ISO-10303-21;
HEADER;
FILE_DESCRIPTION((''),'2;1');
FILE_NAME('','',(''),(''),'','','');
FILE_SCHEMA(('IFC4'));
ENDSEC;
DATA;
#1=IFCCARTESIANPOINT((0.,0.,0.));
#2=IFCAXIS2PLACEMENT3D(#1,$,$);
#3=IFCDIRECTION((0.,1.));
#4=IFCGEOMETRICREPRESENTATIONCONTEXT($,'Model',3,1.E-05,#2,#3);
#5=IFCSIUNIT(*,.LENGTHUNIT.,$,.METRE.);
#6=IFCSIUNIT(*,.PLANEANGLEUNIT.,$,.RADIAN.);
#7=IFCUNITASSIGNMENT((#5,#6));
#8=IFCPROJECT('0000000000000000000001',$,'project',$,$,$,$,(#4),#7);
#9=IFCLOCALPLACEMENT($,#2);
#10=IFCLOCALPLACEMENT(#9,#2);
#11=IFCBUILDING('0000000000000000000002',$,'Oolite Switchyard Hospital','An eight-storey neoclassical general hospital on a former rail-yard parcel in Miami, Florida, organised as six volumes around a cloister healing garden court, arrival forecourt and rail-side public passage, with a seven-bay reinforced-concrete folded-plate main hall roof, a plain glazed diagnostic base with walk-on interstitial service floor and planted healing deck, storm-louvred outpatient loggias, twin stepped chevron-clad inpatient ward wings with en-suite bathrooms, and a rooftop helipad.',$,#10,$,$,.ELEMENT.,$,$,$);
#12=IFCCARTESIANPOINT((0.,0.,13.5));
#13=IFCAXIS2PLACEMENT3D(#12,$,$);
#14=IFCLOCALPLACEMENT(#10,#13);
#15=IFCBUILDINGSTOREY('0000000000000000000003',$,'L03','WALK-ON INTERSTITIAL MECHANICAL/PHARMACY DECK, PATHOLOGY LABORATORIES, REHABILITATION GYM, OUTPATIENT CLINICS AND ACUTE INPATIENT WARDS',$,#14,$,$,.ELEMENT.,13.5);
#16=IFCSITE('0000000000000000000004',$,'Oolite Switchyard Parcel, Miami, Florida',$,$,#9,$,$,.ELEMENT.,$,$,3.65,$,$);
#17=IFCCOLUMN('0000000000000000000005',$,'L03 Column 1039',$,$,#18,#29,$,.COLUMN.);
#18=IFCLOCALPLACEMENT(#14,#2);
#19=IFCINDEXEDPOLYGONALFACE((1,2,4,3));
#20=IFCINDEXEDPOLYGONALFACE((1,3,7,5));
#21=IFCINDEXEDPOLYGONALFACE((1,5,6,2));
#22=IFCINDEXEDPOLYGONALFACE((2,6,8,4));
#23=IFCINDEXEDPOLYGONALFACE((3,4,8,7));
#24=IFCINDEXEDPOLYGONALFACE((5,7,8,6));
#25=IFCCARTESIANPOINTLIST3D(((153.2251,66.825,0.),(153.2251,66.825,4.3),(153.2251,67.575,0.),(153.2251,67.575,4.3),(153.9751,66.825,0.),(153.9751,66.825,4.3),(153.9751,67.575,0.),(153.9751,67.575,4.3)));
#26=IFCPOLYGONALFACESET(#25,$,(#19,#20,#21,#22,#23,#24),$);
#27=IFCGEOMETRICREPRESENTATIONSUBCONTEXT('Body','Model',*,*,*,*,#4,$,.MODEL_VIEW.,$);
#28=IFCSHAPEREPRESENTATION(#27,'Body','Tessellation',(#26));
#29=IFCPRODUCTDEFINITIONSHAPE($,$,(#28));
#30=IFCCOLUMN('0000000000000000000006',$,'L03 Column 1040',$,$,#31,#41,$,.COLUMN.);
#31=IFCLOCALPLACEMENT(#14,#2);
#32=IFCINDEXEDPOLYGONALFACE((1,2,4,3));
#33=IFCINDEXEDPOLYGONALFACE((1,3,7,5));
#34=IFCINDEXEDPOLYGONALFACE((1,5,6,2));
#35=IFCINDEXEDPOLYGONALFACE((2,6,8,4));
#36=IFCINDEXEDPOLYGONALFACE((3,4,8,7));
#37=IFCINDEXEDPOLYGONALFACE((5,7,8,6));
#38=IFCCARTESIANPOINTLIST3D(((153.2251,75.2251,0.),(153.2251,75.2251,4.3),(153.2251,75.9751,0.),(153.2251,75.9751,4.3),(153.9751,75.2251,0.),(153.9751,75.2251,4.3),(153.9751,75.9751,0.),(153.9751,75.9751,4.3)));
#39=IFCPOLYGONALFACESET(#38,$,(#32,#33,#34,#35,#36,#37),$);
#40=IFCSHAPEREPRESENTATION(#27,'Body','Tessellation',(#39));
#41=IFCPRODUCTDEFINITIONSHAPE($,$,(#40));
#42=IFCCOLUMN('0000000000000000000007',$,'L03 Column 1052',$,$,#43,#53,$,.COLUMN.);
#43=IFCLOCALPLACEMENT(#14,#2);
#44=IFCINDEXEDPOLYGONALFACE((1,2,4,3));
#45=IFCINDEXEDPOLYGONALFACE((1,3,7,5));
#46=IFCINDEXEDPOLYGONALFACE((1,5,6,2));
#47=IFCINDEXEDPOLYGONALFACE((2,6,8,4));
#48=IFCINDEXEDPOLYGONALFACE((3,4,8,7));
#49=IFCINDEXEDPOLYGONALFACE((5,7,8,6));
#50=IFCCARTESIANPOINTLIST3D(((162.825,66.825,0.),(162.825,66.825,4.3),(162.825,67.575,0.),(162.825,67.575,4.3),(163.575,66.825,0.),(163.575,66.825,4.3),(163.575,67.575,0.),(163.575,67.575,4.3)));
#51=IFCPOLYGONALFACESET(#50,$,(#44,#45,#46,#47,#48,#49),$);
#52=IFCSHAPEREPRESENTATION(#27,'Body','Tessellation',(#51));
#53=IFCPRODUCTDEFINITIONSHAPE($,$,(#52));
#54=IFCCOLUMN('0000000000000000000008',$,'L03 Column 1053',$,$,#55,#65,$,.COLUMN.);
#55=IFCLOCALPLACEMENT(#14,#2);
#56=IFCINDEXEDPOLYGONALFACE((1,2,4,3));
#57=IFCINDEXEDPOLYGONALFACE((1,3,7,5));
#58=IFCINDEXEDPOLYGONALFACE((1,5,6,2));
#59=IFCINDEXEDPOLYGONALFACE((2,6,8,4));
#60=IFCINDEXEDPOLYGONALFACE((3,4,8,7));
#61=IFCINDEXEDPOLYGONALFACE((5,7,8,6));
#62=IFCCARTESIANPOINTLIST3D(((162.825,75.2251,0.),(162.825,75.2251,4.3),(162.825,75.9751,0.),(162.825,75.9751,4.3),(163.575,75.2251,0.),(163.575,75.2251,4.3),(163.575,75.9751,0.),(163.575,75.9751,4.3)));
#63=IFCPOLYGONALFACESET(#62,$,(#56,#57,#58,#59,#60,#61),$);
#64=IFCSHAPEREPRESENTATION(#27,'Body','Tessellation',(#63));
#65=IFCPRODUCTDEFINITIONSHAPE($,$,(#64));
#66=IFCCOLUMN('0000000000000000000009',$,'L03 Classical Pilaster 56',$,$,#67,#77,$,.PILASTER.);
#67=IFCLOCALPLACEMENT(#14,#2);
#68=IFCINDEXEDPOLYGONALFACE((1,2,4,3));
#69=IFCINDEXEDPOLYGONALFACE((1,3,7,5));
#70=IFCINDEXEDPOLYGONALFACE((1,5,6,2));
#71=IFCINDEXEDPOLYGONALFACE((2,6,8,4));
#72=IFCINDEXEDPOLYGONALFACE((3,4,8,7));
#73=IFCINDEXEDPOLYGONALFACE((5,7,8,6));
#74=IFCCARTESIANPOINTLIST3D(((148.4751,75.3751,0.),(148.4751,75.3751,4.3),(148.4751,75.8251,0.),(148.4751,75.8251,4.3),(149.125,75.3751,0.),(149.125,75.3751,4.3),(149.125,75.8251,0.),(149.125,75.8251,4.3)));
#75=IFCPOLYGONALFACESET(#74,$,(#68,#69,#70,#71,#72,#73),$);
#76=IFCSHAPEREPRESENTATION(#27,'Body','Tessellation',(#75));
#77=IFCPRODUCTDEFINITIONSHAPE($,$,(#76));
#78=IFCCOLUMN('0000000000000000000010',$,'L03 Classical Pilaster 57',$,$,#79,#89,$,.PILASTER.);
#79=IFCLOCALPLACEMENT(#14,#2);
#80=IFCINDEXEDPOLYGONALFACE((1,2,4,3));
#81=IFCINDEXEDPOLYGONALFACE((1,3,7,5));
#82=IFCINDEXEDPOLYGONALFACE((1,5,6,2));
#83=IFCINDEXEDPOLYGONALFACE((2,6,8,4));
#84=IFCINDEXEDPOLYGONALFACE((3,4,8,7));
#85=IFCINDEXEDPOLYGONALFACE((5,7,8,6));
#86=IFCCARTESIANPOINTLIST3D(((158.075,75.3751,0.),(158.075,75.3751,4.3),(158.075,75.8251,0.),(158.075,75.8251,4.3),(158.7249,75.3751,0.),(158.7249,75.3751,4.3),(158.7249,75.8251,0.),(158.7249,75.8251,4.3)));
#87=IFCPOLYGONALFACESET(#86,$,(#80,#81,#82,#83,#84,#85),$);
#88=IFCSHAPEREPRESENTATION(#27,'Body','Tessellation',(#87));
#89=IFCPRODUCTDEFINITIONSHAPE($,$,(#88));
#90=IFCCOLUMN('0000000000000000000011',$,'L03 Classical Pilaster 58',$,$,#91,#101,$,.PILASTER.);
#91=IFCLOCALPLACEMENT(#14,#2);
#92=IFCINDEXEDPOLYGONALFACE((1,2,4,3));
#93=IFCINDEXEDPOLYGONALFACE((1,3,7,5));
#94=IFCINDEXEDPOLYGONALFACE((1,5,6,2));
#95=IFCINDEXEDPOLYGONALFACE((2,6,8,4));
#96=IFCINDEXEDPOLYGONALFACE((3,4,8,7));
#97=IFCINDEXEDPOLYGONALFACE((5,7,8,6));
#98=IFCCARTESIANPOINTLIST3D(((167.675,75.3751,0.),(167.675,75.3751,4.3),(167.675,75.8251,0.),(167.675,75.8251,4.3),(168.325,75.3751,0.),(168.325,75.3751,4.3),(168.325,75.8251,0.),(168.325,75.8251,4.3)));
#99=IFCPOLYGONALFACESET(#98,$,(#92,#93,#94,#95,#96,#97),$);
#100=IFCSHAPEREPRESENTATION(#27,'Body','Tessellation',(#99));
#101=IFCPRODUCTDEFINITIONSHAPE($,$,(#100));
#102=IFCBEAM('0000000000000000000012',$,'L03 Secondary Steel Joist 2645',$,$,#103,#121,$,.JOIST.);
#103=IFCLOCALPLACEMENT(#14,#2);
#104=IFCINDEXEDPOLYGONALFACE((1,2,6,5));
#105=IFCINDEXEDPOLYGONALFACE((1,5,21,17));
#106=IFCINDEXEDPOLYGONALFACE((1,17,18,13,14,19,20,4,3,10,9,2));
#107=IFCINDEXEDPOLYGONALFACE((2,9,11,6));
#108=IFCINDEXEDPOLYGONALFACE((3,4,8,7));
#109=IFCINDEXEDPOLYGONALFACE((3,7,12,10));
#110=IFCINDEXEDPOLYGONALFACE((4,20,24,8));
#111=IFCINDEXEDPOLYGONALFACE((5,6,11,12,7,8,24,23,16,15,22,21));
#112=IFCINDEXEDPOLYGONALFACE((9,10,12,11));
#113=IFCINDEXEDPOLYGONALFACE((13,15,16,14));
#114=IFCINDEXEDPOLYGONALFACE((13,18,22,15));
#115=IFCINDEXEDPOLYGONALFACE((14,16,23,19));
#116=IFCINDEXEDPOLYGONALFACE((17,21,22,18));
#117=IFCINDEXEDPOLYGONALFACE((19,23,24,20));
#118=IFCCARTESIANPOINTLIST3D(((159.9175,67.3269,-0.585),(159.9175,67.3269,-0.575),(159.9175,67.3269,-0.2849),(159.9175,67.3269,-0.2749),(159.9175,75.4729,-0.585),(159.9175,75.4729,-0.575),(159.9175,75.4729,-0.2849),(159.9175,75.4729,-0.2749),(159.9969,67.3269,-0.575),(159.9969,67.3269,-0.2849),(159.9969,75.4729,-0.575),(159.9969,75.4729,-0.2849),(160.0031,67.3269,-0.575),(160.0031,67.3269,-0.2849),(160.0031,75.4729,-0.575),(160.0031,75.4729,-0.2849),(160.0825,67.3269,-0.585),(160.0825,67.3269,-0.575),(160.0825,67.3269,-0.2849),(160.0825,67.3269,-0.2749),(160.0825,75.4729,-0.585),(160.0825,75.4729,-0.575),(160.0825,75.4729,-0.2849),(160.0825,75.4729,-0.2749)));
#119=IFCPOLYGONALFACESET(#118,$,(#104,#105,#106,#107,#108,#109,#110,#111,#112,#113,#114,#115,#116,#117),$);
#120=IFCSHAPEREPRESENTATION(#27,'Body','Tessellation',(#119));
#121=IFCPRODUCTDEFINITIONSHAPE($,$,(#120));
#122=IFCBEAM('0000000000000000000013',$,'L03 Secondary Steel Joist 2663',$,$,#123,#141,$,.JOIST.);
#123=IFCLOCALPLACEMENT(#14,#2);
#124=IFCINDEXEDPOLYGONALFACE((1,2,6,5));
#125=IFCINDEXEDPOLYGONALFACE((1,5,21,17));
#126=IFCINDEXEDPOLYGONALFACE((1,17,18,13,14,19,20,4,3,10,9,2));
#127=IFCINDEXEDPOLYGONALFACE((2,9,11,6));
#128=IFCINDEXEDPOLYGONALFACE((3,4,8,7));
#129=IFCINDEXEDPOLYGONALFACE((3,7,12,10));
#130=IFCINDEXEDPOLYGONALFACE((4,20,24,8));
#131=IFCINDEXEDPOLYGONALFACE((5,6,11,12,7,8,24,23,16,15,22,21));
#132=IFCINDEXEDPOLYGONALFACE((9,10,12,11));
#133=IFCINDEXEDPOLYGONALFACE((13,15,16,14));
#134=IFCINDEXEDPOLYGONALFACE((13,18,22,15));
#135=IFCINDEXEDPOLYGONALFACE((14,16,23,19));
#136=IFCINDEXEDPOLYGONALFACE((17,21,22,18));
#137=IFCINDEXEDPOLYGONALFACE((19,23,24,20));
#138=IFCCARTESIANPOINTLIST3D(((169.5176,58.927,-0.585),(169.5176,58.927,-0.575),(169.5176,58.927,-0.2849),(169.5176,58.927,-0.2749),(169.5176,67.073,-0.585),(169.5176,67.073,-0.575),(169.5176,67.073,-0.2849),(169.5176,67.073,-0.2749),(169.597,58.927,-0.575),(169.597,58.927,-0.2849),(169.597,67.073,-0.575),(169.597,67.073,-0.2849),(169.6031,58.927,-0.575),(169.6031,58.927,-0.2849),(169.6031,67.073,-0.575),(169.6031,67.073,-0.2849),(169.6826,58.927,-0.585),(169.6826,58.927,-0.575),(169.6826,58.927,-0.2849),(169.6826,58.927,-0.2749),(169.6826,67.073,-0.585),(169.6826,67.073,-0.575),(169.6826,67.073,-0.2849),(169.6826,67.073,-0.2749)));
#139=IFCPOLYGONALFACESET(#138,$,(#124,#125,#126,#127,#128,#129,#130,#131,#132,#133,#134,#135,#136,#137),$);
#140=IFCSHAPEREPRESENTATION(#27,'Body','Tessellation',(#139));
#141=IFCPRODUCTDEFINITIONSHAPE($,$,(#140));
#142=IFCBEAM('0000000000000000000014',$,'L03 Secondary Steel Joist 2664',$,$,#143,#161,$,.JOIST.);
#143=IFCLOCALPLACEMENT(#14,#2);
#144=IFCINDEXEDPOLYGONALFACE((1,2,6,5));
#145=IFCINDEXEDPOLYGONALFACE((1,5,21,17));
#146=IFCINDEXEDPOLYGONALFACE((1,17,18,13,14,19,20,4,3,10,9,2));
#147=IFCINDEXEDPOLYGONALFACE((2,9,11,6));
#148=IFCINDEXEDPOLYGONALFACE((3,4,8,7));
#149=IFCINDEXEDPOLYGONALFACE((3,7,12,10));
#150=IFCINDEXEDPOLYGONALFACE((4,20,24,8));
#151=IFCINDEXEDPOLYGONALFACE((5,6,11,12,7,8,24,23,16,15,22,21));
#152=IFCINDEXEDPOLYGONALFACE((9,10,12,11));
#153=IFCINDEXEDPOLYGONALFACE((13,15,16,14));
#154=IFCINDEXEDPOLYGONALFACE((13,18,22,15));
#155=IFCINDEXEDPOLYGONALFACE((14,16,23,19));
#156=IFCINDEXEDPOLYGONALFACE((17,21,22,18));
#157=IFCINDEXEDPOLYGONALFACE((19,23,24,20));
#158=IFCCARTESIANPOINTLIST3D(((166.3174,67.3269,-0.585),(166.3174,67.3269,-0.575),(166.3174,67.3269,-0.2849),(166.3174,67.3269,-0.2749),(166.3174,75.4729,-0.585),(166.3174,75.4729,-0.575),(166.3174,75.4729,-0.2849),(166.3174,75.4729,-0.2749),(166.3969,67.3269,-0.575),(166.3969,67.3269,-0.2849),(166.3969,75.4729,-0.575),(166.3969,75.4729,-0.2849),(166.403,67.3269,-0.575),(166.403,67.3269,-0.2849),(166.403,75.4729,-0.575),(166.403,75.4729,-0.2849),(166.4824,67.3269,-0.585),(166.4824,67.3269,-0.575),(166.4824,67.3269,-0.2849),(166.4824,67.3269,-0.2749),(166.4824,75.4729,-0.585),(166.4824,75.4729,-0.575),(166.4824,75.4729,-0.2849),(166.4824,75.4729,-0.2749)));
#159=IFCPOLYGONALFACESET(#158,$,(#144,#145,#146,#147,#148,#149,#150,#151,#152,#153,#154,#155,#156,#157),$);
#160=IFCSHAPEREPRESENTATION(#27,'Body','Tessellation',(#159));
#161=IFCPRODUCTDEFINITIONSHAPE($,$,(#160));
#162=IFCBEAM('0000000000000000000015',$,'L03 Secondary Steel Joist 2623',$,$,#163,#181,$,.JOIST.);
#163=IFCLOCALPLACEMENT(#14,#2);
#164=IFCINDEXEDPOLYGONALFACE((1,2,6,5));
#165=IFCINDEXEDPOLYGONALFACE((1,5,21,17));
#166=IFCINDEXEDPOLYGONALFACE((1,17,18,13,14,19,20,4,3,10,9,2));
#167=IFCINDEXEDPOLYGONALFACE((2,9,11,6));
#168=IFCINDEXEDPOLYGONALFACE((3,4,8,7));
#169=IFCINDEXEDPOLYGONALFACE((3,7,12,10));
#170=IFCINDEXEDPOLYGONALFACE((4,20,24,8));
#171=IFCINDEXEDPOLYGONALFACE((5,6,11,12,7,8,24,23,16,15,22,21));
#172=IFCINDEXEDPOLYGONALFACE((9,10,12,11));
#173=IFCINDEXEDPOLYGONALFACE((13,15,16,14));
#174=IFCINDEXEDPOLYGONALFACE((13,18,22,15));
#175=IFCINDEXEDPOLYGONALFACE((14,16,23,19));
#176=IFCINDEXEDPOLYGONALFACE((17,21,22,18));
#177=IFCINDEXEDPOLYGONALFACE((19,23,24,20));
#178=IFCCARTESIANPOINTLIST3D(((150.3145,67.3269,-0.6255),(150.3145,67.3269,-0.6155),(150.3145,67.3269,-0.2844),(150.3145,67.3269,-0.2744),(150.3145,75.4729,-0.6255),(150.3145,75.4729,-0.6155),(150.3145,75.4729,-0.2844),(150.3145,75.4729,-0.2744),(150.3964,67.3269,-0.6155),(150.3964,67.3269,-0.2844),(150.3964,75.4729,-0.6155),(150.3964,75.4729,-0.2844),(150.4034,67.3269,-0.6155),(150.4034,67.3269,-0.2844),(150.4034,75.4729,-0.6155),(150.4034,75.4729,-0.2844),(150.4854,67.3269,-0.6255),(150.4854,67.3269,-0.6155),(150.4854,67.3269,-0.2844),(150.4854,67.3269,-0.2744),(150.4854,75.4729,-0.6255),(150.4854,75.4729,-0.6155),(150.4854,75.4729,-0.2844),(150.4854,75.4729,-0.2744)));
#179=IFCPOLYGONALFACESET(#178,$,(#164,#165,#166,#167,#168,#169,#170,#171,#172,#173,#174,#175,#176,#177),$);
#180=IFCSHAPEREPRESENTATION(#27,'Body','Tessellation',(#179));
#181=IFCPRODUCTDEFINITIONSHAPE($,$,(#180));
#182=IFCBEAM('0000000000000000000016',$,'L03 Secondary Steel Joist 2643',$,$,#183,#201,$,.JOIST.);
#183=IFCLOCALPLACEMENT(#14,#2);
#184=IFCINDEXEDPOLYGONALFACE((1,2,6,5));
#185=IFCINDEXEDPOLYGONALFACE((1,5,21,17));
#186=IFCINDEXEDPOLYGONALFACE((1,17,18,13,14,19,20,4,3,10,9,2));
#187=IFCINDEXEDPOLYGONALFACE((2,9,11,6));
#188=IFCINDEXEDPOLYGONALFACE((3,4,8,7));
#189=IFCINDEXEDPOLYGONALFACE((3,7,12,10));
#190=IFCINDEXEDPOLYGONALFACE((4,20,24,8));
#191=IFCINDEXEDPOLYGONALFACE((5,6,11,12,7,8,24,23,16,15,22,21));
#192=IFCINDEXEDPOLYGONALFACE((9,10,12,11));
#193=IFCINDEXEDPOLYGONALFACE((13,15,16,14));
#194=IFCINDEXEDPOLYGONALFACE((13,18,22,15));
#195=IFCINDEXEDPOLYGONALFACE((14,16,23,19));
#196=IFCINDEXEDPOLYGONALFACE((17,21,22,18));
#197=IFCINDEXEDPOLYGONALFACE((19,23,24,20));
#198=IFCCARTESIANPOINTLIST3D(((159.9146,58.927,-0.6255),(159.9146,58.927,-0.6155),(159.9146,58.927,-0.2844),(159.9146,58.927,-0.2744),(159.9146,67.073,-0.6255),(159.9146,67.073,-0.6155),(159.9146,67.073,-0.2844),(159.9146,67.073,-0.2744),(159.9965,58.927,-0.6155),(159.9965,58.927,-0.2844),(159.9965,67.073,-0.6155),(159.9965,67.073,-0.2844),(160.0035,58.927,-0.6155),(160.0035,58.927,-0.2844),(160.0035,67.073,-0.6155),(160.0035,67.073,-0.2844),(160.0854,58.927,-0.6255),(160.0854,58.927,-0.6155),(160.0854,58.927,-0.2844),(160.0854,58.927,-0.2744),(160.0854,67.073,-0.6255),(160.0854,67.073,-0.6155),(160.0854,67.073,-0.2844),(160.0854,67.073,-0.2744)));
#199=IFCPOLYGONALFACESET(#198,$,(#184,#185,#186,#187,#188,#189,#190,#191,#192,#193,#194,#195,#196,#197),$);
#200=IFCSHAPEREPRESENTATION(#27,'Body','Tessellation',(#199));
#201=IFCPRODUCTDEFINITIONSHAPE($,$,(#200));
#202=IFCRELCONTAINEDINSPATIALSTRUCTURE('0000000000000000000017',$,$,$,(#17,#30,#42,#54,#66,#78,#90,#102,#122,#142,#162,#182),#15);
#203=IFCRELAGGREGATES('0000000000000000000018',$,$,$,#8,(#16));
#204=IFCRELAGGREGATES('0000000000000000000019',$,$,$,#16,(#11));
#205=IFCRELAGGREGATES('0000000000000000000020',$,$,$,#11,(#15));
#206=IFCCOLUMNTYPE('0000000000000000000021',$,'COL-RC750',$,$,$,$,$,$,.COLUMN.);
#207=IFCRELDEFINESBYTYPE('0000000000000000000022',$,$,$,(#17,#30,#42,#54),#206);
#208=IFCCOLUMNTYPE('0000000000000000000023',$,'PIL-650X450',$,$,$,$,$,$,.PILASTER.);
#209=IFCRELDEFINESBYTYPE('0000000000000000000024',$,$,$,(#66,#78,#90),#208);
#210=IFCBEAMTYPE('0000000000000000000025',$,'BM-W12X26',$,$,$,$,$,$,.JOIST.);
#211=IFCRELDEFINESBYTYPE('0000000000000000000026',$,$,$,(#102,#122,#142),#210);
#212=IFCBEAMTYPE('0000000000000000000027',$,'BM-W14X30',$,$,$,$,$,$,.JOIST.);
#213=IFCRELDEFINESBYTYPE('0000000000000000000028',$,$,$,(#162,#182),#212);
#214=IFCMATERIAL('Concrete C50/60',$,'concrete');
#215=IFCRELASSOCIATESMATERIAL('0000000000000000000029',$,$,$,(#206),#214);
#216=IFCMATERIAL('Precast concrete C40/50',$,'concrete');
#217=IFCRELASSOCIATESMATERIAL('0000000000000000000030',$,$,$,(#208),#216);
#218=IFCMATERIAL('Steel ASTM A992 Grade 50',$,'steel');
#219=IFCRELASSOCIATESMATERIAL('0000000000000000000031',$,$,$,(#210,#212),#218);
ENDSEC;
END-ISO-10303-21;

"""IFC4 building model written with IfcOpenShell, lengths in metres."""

from ifc_helpers import new_model, si_unit, direction, frame, origin, origin_2d, place, context, subcontext, project, spatial, rectangle, i_section, extrude, material, material_profile, profile_set, type_object, element, save


model = new_model("IFC4")

# Units and contexts
model_context = context("Model", 3, precision=1e-05, world=origin(), true_north=direction((0.0, 1.0)))
body_context = subcontext(model_context, "Body", "Model", "MODEL_VIEW")
ifc_project = project(units=[si_unit("LENGTHUNIT", "METRE"), si_unit("PLANEANGLEUNIT", "RADIAN")], contexts=[model_context])

# Site, building, storey
site_placement = place(None, origin())
site = spatial("IfcSite", under=ifc_project, at=site_placement, Name="Oolite Switchyard Parcel, Miami, Florida", CompositionType="ELEMENT", RefElevation=3.65)
building_placement = place(site_placement, origin())
building = spatial("IfcBuilding", under=site, at=building_placement, Name="Oolite Switchyard Hospital", Description="An eight-storey neoclassical general hospital on a former rail-yard parcel in Miami, Florida, organised as six volumes around a cloister healing garden court, arrival forecourt and rail-side public passage, with a seven-bay reinforced-concrete folded-plate main hall roof, a plain glazed diagnostic base with walk-on interstitial service floor and planted healing deck, storm-louvred outpatient loggias, twin stepped chevron-clad inpatient ward wings with en-suite bathrooms, and a rooftop helipad.", CompositionType="ELEMENT")
storey_placement = place(building_placement, frame((0.0, 0.0, 13.5)))
storey = spatial("IfcBuildingStorey", under=building, at=storey_placement, Name="L03", Description="WALK-ON INTERSTITIAL MECHANICAL/PHARMACY DECK, PATHOLOGY LABORATORIES, REHABILITATION GYM, OUTPATIENT CLINICS AND ACUTE INPATIENT WARDS", CompositionType="ELEMENT", Elevation=13.5)

# Columns
ifc_material_1 = material(Name="Concrete C50/60", Category="concrete")
ifc_material_profile_1 = material_profile(ifc_material_1, rectangle(XDim=0.75, YDim=0.75, at=origin_2d()), Name="RC750X750")
ifc_profile_set_1 = profile_set([ifc_material_profile_1], Name="Concrete C50/60")
column_type_1 = type_object("IfcColumnType", Name="COL-RC750", PredefinedType="COLUMN", material=ifc_profile_set_1)
for number, where, z_axis, x_axis, name in (
    (1, (153.6001, 67.2, 0.0), (0.0, 0.0, 1.0), (1.0, 0.0, 0.0), "L03 Column 1039"),
    (2, (153.6001, 75.6001, 0.0), (0.0, 0.0, 1.0), (1.0, 0.0, 0.0), "L03 Column 1040"),
    (3, (163.2, 67.2, 0.0), (0.0, 0.0, 1.0), (1.0, 0.0, 0.0), "L03 Column 1052"),
    (4, (163.2, 75.6001, 0.0), (0.0, 0.0, 1.0), (1.0, 0.0, 0.0), "L03 Column 1053"),
):
    element("IfcColumn", number, at=place(storey_placement, frame(where, z_axis=z_axis, x_axis=x_axis)), inside=storey, type_object=column_type_1, Name=name, PredefinedType="COLUMN", context=body_context, shape_type="SweptSolid", body=[
        extrude(rectangle(XDim=0.75, YDim=0.75, at=origin_2d()), origin(), (0.0, 0.0, 1.0), 4.3),
    ])
ifc_material_2 = material(Name="Precast concrete C40/50", Category="concrete")
ifc_material_profile_2 = material_profile(ifc_material_2, rectangle(XDim=0.6499, YDim=0.45, at=origin_2d()), Name="PIL650X450")
ifc_profile_set_2 = profile_set([ifc_material_profile_2], Name="Precast concrete C40/50")
column_type_2 = type_object("IfcColumnType", Name="PIL-650X450", PredefinedType="PILASTER", material=ifc_profile_set_2)
for number, where, z_axis, x_axis, name in (
    (5, (148.8, 75.6001, 0.0), (0.0, 0.0, 1.0), (1.0, 0.0, 0.0), "L03 Classical Pilaster 56"),
    (6, (158.3999, 75.6001, 0.0), (0.0, 0.0, 1.0), (1.0, 0.0, 0.0), "L03 Classical Pilaster 57"),
    (7, (168.0, 75.6001, 0.0), (0.0, 0.0, 1.0), (1.0, 0.0, 0.0), "L03 Classical Pilaster 58"),
):
    element("IfcColumn", number, at=place(storey_placement, frame(where, z_axis=z_axis, x_axis=x_axis)), inside=storey, type_object=column_type_2, Name=name, PredefinedType="PILASTER", context=body_context, shape_type="SweptSolid", body=[
        extrude(rectangle(XDim=0.6499, YDim=0.45, at=origin_2d()), origin(), (0.0, 0.0, 1.0), 4.3),
    ])

# Beams
ifc_material_3 = material(Name="Steel ASTM A992 Grade 50", Category="steel")
ifc_material_profile_3 = material_profile(ifc_material_3, i_section(OverallWidth=0.165, OverallDepth=0.3101, WebThickness=0.0061, FlangeThickness=0.01, at=origin_2d()), Name="W12X26")
ifc_profile_set_3 = profile_set([ifc_material_profile_3], Name="Steel ASTM A992 Grade 50")
beam_type_1 = type_object("IfcBeamType", Name="BM-W12X26", PredefinedType="JOIST", material=ifc_profile_set_3)
for number, where, z_axis, x_axis, name in (
    (8, (160.0, 67.3269, -0.4299), (0.0, 1.0, 0.0), (-1.0, 0.0, 0.0), "L03 Secondary Steel Joist 2645"),
    (9, (169.6001, 58.927, -0.4299), (0.0, 1.0, 0.0), (-1.0, 0.0, 0.0), "L03 Secondary Steel Joist 2663"),
    (10, (166.3999, 67.3269, -0.4299), (0.0, 1.0, 0.0), (-1.0, 0.0, 0.0), "L03 Secondary Steel Joist 2664"),
):
    element("IfcBeam", number, at=place(storey_placement, frame(where, z_axis=z_axis, x_axis=x_axis)), inside=storey, type_object=beam_type_1, Name=name, PredefinedType="JOIST", context=body_context, shape_type="SweptSolid", body=[
        extrude(i_section(OverallWidth=0.165, OverallDepth=0.3101, WebThickness=0.0061, FlangeThickness=0.01, at=origin_2d()), origin(), (0.0, 0.0, 1.0), 8.146),
    ])
ifc_material_profile_4 = material_profile(ifc_material_3, i_section(OverallWidth=0.1709, OverallDepth=0.3511, WebThickness=0.0071, FlangeThickness=0.01, at=origin_2d()), Name="W14X30")
ifc_profile_set_4 = profile_set([ifc_material_profile_4], Name="Steel ASTM A992 Grade 50")
beam_type_2 = type_object("IfcBeamType", Name="BM-W14X30", PredefinedType="JOIST", material=ifc_profile_set_4)
for number, where, z_axis, x_axis, name in (
    (11, (150.3999, 67.3269, -0.45), (0.0, 1.0, 0.0), (-1.0, 0.0, 0.0), "L03 Secondary Steel Joist 2623"),
    (12, (160.0, 58.927, -0.45), (0.0, 1.0, 0.0), (-1.0, 0.0, 0.0), "L03 Secondary Steel Joist 2643"),
):
    element("IfcBeam", number, at=place(storey_placement, frame(where, z_axis=z_axis, x_axis=x_axis)), inside=storey, type_object=beam_type_2, Name=name, PredefinedType="JOIST", context=body_context, shape_type="SweptSolid", body=[
        extrude(i_section(OverallWidth=0.1709, OverallDepth=0.3511, WebThickness=0.0071, FlangeThickness=0.01, at=origin_2d()), origin(), (0.0, 0.0, 1.0), 8.146),
    ])

save(model, "model.ifc")
